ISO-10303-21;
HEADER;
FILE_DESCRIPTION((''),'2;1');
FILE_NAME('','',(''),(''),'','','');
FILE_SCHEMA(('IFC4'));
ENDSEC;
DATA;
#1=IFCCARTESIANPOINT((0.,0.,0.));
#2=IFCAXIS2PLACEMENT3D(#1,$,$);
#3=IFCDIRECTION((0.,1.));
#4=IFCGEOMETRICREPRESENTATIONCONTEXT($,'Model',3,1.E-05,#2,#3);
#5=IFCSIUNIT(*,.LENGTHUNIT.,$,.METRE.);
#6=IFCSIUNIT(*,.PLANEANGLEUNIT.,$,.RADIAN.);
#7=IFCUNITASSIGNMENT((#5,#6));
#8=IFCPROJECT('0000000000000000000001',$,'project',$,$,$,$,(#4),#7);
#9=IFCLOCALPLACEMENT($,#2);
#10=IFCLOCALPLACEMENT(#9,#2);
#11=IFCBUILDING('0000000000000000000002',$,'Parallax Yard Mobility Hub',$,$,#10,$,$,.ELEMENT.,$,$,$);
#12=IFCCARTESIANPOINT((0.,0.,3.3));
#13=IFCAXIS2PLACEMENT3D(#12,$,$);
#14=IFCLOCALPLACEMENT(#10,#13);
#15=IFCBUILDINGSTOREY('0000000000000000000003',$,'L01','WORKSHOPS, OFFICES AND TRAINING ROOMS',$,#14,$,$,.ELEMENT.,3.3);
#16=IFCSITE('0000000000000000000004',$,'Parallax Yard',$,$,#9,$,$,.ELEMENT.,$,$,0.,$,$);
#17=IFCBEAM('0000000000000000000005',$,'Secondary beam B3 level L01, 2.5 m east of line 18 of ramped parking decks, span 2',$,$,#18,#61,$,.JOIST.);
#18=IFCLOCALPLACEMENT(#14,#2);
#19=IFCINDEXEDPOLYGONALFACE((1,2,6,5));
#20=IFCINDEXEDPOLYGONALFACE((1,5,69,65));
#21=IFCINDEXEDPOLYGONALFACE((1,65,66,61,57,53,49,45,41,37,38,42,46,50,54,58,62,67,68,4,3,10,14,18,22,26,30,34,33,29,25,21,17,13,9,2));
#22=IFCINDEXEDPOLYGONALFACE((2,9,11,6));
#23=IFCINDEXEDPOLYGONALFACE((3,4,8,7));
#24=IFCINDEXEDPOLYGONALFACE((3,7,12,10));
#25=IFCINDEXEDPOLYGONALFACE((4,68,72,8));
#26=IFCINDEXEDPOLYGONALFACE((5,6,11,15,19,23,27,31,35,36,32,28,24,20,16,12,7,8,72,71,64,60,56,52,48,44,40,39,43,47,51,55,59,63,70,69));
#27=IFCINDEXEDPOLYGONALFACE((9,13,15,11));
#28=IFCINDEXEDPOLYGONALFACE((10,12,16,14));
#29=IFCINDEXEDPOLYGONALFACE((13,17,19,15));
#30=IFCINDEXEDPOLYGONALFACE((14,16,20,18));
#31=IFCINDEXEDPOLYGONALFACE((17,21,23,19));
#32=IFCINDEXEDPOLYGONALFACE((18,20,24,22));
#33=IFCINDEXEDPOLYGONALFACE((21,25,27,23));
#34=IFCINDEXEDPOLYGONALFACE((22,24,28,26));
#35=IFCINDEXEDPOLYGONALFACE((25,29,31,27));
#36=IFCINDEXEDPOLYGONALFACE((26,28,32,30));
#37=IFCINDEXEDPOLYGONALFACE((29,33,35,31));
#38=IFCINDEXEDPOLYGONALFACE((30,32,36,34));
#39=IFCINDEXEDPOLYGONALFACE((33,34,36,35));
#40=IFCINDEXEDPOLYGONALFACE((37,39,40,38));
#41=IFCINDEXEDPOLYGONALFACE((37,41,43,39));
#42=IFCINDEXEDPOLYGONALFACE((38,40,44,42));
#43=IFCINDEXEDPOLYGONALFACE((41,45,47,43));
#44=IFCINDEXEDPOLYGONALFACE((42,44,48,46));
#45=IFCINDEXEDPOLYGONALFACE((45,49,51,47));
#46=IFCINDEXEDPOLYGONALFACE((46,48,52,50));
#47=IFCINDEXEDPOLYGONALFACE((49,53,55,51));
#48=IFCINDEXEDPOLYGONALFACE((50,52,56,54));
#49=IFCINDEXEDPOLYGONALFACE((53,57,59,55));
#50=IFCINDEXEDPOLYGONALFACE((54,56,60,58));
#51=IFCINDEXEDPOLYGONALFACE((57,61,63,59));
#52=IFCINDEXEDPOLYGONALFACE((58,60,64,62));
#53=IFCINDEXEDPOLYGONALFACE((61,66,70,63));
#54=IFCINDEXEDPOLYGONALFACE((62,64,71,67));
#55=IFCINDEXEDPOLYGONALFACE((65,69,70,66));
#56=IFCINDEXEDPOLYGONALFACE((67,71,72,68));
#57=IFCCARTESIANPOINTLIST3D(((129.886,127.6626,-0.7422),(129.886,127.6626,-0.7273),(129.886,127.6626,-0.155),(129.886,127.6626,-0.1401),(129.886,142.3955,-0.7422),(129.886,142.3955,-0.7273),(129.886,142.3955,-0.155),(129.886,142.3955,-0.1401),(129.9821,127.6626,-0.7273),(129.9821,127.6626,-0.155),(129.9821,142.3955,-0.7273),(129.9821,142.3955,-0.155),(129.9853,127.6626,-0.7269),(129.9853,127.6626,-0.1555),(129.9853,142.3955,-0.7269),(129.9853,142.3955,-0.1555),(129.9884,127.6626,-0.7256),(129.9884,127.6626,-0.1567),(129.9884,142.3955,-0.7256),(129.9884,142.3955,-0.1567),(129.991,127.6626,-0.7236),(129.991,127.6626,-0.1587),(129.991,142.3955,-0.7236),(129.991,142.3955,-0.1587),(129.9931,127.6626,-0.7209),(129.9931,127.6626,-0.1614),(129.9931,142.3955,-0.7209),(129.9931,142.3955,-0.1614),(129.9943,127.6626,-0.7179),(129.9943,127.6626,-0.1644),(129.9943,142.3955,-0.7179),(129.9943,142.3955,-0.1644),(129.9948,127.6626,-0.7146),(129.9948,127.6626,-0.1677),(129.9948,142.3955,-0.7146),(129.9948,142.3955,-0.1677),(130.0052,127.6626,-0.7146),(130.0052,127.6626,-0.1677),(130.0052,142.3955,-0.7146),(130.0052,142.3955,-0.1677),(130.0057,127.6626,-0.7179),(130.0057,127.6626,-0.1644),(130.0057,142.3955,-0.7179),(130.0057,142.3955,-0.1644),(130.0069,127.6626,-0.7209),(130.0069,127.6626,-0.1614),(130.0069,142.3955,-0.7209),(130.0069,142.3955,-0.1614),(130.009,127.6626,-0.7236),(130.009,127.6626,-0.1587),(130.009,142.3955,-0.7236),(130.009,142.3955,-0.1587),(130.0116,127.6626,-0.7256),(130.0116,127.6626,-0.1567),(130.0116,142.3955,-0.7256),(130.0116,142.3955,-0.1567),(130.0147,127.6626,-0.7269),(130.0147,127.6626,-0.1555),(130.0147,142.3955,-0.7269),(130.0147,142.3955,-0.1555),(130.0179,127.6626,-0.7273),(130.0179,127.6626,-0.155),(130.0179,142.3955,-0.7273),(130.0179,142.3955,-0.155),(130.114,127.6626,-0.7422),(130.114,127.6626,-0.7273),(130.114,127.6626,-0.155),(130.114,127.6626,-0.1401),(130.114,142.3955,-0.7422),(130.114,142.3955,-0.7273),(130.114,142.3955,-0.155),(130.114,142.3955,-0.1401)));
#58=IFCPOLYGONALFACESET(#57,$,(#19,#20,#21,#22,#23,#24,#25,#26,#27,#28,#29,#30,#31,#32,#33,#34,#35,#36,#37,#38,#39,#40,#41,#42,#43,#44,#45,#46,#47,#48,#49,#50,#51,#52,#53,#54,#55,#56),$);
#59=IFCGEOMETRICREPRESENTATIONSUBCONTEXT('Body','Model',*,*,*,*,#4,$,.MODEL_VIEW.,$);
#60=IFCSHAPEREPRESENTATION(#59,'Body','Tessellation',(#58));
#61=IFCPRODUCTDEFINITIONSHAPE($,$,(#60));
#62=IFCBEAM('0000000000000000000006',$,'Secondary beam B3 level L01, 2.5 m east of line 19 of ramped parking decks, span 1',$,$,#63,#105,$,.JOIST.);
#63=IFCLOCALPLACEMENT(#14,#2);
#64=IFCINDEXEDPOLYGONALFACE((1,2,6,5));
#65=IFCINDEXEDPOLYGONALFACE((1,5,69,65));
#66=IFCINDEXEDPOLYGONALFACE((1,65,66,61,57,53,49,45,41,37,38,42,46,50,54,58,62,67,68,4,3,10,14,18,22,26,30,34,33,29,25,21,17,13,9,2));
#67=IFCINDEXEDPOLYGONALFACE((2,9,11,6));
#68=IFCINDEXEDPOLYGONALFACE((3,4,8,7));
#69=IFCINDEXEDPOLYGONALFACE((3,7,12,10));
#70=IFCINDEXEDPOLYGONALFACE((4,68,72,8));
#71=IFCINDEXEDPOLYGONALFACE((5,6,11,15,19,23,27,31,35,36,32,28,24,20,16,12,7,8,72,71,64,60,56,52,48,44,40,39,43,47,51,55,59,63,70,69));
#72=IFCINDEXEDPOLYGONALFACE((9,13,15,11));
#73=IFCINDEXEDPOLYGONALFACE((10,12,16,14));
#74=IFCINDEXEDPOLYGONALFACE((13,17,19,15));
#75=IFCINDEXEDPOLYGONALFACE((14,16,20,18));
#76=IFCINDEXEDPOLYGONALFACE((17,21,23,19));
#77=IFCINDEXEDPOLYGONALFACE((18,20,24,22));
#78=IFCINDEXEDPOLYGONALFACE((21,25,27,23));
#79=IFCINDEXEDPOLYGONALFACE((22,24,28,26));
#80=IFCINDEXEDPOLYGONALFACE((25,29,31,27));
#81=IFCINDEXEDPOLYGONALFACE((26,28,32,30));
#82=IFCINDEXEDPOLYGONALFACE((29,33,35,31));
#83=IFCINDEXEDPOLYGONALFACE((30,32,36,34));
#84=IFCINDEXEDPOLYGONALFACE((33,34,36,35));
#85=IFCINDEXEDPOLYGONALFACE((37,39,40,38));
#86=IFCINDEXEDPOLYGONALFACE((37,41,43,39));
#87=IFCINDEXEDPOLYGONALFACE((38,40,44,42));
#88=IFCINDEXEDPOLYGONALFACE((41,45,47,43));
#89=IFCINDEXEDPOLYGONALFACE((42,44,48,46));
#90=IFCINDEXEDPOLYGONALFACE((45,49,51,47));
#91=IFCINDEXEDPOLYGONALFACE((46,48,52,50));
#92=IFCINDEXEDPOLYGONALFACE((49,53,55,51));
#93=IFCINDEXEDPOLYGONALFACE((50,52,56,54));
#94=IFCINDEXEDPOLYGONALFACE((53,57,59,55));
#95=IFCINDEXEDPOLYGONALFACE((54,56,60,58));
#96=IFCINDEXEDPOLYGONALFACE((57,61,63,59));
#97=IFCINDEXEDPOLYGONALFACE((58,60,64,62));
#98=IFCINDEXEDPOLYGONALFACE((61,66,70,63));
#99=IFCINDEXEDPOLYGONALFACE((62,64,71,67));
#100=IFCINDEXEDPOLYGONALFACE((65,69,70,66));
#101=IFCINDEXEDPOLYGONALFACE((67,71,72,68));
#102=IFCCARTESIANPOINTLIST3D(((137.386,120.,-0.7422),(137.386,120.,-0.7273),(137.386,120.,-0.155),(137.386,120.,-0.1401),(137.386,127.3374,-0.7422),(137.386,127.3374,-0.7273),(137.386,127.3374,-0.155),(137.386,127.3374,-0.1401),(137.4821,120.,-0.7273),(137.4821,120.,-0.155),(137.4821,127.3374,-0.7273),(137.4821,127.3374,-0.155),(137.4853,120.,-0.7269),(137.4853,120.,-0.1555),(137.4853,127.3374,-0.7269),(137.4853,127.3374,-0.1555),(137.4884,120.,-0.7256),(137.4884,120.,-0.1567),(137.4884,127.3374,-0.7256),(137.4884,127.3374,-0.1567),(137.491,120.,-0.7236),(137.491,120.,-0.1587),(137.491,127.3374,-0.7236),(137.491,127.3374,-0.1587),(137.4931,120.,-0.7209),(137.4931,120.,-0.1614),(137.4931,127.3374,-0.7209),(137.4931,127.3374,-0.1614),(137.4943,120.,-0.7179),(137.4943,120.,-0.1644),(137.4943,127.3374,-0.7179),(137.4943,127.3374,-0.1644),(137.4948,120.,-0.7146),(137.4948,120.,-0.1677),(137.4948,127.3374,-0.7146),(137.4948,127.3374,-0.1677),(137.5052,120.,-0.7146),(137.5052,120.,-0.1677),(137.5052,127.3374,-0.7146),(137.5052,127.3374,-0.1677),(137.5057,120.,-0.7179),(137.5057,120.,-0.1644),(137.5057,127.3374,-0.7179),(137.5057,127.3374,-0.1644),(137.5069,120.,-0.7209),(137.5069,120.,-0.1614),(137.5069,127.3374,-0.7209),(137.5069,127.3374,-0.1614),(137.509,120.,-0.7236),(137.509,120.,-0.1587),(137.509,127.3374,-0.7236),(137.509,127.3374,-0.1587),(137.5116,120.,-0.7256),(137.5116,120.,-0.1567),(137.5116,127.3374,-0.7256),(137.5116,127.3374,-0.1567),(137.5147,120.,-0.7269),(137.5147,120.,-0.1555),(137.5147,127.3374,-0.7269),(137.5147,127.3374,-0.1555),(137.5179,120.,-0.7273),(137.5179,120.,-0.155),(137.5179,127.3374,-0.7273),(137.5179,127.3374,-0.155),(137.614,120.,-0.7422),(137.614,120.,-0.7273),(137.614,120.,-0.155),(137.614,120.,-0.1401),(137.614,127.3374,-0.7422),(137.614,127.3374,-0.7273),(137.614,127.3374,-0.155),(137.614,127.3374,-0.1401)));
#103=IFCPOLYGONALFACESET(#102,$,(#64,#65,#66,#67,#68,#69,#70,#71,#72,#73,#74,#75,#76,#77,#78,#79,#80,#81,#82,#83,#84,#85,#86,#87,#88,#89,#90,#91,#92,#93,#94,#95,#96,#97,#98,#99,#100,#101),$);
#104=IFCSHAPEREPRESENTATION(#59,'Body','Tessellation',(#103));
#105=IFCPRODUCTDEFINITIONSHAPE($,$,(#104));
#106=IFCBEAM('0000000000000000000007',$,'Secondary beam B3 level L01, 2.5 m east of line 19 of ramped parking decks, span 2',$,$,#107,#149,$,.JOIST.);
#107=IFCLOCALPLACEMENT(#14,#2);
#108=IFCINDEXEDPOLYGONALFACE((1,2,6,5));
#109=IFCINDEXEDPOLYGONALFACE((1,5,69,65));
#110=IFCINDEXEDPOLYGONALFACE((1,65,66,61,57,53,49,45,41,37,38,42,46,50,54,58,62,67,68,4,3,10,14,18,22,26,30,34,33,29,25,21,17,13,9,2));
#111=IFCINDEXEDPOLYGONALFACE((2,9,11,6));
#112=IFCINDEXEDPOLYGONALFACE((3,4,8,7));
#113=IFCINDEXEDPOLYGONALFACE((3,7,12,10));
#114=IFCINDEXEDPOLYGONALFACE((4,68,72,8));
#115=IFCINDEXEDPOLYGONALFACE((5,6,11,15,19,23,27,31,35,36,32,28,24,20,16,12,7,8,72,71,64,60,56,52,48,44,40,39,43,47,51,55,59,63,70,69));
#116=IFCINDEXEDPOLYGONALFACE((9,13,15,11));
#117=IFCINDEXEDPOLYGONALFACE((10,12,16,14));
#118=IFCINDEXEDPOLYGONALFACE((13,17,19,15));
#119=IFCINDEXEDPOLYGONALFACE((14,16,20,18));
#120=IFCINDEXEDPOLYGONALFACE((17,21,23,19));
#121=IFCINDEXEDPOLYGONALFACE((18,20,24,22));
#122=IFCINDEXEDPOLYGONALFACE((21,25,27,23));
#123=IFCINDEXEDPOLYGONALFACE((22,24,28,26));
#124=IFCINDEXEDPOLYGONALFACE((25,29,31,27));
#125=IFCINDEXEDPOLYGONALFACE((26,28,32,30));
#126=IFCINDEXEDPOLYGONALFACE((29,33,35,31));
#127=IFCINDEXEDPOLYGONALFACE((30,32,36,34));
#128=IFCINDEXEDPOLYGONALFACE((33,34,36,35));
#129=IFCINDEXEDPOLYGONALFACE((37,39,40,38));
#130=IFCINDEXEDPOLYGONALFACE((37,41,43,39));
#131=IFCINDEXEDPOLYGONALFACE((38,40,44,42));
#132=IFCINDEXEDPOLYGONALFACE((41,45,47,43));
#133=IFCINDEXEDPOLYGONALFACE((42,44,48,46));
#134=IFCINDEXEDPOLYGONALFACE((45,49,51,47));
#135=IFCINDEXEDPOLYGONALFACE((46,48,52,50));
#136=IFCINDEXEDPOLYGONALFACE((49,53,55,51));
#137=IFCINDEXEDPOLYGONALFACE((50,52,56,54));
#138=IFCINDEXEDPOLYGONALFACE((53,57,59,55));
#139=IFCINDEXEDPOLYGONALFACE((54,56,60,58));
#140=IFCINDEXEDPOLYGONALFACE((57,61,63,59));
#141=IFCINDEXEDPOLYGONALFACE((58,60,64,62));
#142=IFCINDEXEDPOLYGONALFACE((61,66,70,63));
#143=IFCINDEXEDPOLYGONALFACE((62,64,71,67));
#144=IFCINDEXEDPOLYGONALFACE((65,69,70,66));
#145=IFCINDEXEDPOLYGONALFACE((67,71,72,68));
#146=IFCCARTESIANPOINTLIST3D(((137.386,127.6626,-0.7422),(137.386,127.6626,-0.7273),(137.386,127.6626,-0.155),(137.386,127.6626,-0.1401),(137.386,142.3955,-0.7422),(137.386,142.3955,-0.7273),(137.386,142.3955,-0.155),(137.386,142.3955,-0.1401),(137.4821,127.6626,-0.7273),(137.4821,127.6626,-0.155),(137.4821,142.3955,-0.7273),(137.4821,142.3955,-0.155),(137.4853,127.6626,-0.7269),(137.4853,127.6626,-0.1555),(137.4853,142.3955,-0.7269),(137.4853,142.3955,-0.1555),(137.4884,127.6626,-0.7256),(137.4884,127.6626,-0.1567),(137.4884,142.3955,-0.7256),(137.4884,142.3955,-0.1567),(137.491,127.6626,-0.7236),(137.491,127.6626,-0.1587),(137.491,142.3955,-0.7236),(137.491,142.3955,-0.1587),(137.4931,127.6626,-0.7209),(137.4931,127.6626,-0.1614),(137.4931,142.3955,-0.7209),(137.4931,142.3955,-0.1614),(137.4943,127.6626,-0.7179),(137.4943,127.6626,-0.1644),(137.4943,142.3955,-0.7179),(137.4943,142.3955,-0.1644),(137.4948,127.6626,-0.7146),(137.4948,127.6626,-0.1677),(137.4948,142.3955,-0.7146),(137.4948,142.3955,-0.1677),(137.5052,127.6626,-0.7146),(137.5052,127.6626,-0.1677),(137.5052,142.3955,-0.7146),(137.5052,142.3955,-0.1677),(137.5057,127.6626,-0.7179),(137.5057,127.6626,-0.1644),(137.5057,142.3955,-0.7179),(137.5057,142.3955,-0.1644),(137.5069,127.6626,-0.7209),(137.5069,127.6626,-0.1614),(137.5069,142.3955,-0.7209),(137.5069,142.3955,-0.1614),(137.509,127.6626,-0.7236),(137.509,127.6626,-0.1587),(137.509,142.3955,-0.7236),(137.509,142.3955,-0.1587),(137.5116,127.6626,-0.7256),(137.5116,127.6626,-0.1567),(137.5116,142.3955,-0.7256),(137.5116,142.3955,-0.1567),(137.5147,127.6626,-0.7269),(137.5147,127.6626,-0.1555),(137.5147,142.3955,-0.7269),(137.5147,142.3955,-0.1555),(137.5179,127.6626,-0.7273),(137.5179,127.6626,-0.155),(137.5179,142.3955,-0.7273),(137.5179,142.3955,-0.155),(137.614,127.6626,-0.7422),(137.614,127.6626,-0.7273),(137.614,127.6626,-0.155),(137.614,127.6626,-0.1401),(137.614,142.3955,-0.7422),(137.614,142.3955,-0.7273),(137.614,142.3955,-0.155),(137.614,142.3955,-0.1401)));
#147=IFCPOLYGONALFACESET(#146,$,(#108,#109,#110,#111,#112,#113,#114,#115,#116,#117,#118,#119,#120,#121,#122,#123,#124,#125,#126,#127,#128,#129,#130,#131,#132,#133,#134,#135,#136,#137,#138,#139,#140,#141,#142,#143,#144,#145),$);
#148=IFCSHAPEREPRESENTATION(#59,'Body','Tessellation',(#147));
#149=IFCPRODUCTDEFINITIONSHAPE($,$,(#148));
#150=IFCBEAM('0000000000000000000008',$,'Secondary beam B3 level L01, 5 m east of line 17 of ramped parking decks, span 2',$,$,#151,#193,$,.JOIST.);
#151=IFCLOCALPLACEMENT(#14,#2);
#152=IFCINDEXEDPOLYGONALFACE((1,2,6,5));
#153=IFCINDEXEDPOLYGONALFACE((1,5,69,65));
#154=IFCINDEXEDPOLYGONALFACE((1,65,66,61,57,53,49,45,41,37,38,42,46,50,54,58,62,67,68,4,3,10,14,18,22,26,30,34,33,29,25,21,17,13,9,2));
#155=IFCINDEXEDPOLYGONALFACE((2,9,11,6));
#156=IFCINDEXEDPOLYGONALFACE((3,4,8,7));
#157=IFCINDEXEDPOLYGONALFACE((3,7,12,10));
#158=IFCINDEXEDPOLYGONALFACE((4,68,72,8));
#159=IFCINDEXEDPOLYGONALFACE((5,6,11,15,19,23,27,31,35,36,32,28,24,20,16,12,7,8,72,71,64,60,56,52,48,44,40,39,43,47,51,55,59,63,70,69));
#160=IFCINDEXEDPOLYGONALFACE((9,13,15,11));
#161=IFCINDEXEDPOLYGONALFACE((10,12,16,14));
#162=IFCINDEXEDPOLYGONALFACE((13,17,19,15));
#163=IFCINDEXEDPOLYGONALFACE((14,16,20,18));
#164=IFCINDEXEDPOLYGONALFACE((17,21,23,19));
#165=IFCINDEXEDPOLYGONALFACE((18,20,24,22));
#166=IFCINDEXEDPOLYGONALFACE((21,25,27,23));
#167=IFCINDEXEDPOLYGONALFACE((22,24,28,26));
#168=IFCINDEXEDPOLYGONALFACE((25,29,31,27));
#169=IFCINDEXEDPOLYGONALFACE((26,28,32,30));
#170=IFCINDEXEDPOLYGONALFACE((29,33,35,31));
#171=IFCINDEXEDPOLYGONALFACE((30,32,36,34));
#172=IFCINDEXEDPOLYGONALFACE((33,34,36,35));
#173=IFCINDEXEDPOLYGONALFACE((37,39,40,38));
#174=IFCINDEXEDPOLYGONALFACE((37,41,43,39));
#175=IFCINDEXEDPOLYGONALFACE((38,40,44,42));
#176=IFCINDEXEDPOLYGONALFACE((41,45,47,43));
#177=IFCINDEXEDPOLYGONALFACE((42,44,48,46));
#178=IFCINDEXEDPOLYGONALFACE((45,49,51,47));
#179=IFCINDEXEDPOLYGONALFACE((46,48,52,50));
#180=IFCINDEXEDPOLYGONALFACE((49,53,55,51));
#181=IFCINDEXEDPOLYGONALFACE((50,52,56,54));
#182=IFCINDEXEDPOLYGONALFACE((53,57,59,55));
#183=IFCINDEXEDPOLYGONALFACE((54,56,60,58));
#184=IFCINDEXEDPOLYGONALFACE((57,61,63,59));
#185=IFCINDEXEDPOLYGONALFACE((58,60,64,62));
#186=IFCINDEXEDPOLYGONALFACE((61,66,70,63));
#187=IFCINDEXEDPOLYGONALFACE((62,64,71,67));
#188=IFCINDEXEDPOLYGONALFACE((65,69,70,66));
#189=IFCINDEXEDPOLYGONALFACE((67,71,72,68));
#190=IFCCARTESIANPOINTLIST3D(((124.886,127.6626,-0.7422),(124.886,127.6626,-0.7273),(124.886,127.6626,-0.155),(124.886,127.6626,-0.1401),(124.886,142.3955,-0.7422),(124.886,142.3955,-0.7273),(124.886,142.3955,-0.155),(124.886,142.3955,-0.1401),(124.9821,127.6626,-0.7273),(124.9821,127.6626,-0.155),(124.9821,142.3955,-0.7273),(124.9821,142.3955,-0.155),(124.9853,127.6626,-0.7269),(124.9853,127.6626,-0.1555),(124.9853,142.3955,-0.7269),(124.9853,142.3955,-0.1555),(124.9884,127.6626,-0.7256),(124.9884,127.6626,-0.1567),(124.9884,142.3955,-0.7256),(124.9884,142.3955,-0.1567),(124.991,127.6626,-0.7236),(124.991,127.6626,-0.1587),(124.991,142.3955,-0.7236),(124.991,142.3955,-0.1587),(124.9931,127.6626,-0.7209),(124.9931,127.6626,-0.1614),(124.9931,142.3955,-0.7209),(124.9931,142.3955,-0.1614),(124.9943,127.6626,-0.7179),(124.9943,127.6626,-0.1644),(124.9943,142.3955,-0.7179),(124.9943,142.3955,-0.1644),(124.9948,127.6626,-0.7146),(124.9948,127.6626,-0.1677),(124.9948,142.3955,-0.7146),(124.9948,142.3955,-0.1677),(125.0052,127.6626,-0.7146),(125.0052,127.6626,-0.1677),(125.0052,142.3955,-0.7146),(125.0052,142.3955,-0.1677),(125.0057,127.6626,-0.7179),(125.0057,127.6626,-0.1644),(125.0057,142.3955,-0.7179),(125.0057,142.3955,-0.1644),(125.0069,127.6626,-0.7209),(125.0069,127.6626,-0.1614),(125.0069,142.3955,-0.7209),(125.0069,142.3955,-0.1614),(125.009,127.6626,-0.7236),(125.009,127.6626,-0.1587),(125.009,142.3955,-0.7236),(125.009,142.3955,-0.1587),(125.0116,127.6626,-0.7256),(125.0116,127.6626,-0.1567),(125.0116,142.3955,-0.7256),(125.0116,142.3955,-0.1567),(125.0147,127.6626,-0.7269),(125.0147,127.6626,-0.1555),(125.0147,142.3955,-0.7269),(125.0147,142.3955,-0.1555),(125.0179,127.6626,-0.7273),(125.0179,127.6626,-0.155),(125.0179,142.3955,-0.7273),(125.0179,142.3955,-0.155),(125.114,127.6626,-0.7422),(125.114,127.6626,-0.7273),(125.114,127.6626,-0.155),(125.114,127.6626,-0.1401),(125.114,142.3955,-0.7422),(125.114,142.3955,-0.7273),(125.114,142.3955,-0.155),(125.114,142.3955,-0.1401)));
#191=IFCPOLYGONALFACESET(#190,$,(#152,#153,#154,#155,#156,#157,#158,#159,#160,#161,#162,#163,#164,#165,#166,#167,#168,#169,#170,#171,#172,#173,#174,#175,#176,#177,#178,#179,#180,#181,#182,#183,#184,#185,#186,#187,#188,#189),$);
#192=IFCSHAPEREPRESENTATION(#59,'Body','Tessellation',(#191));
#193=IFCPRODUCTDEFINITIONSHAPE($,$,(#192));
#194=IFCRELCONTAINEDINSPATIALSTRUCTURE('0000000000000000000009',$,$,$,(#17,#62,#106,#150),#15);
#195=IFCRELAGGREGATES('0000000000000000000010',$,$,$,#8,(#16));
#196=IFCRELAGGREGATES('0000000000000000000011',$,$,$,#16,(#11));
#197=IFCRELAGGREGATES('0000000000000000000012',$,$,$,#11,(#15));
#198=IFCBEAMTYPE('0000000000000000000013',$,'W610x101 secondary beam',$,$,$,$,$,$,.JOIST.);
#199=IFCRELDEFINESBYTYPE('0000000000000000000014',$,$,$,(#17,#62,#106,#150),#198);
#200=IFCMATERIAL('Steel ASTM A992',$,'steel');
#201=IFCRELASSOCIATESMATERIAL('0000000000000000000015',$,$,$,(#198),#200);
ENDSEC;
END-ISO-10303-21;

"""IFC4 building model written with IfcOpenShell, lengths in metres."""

from ifc_helpers import new_model, si_unit, direction, frame, origin, origin_2d, place, context, subcontext, project, spatial, i_section, extrude, material, material_profile, profile_set, type_object, element, save


model = new_model("IFC4")

# Units and contexts
model_context = context("Model", 3, precision=1e-05, world=origin(), true_north=direction((0.0, 1.0)))
body_context = subcontext(model_context, "Body", "Model", "MODEL_VIEW")
ifc_project = project(units=[si_unit("LENGTHUNIT", "METRE"), si_unit("PLANEANGLEUNIT", "RADIAN")], contexts=[model_context])

# Site, building, storey
site_placement = place(None, origin())
site = spatial("IfcSite", under=ifc_project, at=site_placement, Name="Parallax Yard", CompositionType="ELEMENT", RefElevation=0.0)
building_placement = place(site_placement, origin())
building = spatial("IfcBuilding", under=site, at=building_placement, Name="Parallax Yard Mobility Hub", CompositionType="ELEMENT")
storey_placement = place(building_placement, frame((0.0, 0.0, 3.3)))
storey = spatial("IfcBuildingStorey", under=building, at=storey_placement, Name="L01", Description="WORKSHOPS, OFFICES AND TRAINING ROOMS", CompositionType="ELEMENT", Elevation=3.3)

# Shared definitions
ifc_material_1 = material(Name="Steel ASTM A992", Category="steel")

# Beams
ifc_material_profile_1 = material_profile(ifc_material_1, i_section(OverallWidth=0.228, OverallDepth=0.6021, WebThickness=0.0105, FlangeThickness=0.0149, FilletRadius=0.0127, at=origin_2d()), Name="W610x101")
ifc_profile_set_1 = profile_set([ifc_material_profile_1], Name="Steel ASTM A992")
beam_type_1 = type_object("IfcBeamType", Name="W610x101 secondary beam", PredefinedType="JOIST", material=ifc_profile_set_1)
beam_1_placement = place(storey_placement, frame((130.0, 127.6626, -0.4412), z_axis=(0.0, 1.0, 0.0), x_axis=(-1.0, 0.0, 0.0)))
element("IfcBeam", 1, at=beam_1_placement, inside=storey, type_object=beam_type_1, Name="Secondary beam B3 level L01, 2.5 m east of line 18 of ramped parking decks, span 2", PredefinedType="JOIST", context=body_context, shape_type="SweptSolid", body=[
    extrude(i_section(OverallWidth=0.228, OverallDepth=0.6021, WebThickness=0.0105, FlangeThickness=0.0149, FilletRadius=0.0127, at=origin_2d()), origin(), (0.0, 0.0, 1.0), 14.7329),
])
beam_2_placement = place(storey_placement, frame((137.5, 120.0, -0.4412), z_axis=(0.0, 1.0, 0.0), x_axis=(-1.0, 0.0, 0.0)))
element("IfcBeam", 2, at=beam_2_placement, inside=storey, type_object=beam_type_1, Name="Secondary beam B3 level L01, 2.5 m east of line 19 of ramped parking decks, span 1", PredefinedType="JOIST", context=body_context, shape_type="SweptSolid", body=[
    extrude(i_section(OverallWidth=0.228, OverallDepth=0.6021, WebThickness=0.0105, FlangeThickness=0.0149, FilletRadius=0.0127, at=origin_2d()), origin(), (0.0, 0.0, 1.0), 7.3374),
])
for number, where, z_axis, x_axis, name in (
    (3, (137.5, 127.6626, -0.4412), (0.0, 1.0, 0.0), (-1.0, 0.0, 0.0), "Secondary beam B3 level L01, 2.5 m east of line 19 of ramped parking decks, span 2"),
    (4, (125.0, 127.6626, -0.4412), (0.0, 1.0, 0.0), (-1.0, 0.0, 0.0), "Secondary beam B3 level L01, 5 m east of line 17 of ramped parking decks, span 2"),
):
    element("IfcBeam", number, at=place(storey_placement, frame(where, z_axis=z_axis, x_axis=x_axis)), inside=storey, type_object=beam_type_1, Name=name, PredefinedType="JOIST", context=body_context, shape_type="SweptSolid", body=[
        extrude(i_section(OverallWidth=0.228, OverallDepth=0.6021, WebThickness=0.0105, FlangeThickness=0.0149, FilletRadius=0.0127, at=origin_2d()), origin(), (0.0, 0.0, 1.0), 14.7329),
    ])

save(model, "model.ifc")
